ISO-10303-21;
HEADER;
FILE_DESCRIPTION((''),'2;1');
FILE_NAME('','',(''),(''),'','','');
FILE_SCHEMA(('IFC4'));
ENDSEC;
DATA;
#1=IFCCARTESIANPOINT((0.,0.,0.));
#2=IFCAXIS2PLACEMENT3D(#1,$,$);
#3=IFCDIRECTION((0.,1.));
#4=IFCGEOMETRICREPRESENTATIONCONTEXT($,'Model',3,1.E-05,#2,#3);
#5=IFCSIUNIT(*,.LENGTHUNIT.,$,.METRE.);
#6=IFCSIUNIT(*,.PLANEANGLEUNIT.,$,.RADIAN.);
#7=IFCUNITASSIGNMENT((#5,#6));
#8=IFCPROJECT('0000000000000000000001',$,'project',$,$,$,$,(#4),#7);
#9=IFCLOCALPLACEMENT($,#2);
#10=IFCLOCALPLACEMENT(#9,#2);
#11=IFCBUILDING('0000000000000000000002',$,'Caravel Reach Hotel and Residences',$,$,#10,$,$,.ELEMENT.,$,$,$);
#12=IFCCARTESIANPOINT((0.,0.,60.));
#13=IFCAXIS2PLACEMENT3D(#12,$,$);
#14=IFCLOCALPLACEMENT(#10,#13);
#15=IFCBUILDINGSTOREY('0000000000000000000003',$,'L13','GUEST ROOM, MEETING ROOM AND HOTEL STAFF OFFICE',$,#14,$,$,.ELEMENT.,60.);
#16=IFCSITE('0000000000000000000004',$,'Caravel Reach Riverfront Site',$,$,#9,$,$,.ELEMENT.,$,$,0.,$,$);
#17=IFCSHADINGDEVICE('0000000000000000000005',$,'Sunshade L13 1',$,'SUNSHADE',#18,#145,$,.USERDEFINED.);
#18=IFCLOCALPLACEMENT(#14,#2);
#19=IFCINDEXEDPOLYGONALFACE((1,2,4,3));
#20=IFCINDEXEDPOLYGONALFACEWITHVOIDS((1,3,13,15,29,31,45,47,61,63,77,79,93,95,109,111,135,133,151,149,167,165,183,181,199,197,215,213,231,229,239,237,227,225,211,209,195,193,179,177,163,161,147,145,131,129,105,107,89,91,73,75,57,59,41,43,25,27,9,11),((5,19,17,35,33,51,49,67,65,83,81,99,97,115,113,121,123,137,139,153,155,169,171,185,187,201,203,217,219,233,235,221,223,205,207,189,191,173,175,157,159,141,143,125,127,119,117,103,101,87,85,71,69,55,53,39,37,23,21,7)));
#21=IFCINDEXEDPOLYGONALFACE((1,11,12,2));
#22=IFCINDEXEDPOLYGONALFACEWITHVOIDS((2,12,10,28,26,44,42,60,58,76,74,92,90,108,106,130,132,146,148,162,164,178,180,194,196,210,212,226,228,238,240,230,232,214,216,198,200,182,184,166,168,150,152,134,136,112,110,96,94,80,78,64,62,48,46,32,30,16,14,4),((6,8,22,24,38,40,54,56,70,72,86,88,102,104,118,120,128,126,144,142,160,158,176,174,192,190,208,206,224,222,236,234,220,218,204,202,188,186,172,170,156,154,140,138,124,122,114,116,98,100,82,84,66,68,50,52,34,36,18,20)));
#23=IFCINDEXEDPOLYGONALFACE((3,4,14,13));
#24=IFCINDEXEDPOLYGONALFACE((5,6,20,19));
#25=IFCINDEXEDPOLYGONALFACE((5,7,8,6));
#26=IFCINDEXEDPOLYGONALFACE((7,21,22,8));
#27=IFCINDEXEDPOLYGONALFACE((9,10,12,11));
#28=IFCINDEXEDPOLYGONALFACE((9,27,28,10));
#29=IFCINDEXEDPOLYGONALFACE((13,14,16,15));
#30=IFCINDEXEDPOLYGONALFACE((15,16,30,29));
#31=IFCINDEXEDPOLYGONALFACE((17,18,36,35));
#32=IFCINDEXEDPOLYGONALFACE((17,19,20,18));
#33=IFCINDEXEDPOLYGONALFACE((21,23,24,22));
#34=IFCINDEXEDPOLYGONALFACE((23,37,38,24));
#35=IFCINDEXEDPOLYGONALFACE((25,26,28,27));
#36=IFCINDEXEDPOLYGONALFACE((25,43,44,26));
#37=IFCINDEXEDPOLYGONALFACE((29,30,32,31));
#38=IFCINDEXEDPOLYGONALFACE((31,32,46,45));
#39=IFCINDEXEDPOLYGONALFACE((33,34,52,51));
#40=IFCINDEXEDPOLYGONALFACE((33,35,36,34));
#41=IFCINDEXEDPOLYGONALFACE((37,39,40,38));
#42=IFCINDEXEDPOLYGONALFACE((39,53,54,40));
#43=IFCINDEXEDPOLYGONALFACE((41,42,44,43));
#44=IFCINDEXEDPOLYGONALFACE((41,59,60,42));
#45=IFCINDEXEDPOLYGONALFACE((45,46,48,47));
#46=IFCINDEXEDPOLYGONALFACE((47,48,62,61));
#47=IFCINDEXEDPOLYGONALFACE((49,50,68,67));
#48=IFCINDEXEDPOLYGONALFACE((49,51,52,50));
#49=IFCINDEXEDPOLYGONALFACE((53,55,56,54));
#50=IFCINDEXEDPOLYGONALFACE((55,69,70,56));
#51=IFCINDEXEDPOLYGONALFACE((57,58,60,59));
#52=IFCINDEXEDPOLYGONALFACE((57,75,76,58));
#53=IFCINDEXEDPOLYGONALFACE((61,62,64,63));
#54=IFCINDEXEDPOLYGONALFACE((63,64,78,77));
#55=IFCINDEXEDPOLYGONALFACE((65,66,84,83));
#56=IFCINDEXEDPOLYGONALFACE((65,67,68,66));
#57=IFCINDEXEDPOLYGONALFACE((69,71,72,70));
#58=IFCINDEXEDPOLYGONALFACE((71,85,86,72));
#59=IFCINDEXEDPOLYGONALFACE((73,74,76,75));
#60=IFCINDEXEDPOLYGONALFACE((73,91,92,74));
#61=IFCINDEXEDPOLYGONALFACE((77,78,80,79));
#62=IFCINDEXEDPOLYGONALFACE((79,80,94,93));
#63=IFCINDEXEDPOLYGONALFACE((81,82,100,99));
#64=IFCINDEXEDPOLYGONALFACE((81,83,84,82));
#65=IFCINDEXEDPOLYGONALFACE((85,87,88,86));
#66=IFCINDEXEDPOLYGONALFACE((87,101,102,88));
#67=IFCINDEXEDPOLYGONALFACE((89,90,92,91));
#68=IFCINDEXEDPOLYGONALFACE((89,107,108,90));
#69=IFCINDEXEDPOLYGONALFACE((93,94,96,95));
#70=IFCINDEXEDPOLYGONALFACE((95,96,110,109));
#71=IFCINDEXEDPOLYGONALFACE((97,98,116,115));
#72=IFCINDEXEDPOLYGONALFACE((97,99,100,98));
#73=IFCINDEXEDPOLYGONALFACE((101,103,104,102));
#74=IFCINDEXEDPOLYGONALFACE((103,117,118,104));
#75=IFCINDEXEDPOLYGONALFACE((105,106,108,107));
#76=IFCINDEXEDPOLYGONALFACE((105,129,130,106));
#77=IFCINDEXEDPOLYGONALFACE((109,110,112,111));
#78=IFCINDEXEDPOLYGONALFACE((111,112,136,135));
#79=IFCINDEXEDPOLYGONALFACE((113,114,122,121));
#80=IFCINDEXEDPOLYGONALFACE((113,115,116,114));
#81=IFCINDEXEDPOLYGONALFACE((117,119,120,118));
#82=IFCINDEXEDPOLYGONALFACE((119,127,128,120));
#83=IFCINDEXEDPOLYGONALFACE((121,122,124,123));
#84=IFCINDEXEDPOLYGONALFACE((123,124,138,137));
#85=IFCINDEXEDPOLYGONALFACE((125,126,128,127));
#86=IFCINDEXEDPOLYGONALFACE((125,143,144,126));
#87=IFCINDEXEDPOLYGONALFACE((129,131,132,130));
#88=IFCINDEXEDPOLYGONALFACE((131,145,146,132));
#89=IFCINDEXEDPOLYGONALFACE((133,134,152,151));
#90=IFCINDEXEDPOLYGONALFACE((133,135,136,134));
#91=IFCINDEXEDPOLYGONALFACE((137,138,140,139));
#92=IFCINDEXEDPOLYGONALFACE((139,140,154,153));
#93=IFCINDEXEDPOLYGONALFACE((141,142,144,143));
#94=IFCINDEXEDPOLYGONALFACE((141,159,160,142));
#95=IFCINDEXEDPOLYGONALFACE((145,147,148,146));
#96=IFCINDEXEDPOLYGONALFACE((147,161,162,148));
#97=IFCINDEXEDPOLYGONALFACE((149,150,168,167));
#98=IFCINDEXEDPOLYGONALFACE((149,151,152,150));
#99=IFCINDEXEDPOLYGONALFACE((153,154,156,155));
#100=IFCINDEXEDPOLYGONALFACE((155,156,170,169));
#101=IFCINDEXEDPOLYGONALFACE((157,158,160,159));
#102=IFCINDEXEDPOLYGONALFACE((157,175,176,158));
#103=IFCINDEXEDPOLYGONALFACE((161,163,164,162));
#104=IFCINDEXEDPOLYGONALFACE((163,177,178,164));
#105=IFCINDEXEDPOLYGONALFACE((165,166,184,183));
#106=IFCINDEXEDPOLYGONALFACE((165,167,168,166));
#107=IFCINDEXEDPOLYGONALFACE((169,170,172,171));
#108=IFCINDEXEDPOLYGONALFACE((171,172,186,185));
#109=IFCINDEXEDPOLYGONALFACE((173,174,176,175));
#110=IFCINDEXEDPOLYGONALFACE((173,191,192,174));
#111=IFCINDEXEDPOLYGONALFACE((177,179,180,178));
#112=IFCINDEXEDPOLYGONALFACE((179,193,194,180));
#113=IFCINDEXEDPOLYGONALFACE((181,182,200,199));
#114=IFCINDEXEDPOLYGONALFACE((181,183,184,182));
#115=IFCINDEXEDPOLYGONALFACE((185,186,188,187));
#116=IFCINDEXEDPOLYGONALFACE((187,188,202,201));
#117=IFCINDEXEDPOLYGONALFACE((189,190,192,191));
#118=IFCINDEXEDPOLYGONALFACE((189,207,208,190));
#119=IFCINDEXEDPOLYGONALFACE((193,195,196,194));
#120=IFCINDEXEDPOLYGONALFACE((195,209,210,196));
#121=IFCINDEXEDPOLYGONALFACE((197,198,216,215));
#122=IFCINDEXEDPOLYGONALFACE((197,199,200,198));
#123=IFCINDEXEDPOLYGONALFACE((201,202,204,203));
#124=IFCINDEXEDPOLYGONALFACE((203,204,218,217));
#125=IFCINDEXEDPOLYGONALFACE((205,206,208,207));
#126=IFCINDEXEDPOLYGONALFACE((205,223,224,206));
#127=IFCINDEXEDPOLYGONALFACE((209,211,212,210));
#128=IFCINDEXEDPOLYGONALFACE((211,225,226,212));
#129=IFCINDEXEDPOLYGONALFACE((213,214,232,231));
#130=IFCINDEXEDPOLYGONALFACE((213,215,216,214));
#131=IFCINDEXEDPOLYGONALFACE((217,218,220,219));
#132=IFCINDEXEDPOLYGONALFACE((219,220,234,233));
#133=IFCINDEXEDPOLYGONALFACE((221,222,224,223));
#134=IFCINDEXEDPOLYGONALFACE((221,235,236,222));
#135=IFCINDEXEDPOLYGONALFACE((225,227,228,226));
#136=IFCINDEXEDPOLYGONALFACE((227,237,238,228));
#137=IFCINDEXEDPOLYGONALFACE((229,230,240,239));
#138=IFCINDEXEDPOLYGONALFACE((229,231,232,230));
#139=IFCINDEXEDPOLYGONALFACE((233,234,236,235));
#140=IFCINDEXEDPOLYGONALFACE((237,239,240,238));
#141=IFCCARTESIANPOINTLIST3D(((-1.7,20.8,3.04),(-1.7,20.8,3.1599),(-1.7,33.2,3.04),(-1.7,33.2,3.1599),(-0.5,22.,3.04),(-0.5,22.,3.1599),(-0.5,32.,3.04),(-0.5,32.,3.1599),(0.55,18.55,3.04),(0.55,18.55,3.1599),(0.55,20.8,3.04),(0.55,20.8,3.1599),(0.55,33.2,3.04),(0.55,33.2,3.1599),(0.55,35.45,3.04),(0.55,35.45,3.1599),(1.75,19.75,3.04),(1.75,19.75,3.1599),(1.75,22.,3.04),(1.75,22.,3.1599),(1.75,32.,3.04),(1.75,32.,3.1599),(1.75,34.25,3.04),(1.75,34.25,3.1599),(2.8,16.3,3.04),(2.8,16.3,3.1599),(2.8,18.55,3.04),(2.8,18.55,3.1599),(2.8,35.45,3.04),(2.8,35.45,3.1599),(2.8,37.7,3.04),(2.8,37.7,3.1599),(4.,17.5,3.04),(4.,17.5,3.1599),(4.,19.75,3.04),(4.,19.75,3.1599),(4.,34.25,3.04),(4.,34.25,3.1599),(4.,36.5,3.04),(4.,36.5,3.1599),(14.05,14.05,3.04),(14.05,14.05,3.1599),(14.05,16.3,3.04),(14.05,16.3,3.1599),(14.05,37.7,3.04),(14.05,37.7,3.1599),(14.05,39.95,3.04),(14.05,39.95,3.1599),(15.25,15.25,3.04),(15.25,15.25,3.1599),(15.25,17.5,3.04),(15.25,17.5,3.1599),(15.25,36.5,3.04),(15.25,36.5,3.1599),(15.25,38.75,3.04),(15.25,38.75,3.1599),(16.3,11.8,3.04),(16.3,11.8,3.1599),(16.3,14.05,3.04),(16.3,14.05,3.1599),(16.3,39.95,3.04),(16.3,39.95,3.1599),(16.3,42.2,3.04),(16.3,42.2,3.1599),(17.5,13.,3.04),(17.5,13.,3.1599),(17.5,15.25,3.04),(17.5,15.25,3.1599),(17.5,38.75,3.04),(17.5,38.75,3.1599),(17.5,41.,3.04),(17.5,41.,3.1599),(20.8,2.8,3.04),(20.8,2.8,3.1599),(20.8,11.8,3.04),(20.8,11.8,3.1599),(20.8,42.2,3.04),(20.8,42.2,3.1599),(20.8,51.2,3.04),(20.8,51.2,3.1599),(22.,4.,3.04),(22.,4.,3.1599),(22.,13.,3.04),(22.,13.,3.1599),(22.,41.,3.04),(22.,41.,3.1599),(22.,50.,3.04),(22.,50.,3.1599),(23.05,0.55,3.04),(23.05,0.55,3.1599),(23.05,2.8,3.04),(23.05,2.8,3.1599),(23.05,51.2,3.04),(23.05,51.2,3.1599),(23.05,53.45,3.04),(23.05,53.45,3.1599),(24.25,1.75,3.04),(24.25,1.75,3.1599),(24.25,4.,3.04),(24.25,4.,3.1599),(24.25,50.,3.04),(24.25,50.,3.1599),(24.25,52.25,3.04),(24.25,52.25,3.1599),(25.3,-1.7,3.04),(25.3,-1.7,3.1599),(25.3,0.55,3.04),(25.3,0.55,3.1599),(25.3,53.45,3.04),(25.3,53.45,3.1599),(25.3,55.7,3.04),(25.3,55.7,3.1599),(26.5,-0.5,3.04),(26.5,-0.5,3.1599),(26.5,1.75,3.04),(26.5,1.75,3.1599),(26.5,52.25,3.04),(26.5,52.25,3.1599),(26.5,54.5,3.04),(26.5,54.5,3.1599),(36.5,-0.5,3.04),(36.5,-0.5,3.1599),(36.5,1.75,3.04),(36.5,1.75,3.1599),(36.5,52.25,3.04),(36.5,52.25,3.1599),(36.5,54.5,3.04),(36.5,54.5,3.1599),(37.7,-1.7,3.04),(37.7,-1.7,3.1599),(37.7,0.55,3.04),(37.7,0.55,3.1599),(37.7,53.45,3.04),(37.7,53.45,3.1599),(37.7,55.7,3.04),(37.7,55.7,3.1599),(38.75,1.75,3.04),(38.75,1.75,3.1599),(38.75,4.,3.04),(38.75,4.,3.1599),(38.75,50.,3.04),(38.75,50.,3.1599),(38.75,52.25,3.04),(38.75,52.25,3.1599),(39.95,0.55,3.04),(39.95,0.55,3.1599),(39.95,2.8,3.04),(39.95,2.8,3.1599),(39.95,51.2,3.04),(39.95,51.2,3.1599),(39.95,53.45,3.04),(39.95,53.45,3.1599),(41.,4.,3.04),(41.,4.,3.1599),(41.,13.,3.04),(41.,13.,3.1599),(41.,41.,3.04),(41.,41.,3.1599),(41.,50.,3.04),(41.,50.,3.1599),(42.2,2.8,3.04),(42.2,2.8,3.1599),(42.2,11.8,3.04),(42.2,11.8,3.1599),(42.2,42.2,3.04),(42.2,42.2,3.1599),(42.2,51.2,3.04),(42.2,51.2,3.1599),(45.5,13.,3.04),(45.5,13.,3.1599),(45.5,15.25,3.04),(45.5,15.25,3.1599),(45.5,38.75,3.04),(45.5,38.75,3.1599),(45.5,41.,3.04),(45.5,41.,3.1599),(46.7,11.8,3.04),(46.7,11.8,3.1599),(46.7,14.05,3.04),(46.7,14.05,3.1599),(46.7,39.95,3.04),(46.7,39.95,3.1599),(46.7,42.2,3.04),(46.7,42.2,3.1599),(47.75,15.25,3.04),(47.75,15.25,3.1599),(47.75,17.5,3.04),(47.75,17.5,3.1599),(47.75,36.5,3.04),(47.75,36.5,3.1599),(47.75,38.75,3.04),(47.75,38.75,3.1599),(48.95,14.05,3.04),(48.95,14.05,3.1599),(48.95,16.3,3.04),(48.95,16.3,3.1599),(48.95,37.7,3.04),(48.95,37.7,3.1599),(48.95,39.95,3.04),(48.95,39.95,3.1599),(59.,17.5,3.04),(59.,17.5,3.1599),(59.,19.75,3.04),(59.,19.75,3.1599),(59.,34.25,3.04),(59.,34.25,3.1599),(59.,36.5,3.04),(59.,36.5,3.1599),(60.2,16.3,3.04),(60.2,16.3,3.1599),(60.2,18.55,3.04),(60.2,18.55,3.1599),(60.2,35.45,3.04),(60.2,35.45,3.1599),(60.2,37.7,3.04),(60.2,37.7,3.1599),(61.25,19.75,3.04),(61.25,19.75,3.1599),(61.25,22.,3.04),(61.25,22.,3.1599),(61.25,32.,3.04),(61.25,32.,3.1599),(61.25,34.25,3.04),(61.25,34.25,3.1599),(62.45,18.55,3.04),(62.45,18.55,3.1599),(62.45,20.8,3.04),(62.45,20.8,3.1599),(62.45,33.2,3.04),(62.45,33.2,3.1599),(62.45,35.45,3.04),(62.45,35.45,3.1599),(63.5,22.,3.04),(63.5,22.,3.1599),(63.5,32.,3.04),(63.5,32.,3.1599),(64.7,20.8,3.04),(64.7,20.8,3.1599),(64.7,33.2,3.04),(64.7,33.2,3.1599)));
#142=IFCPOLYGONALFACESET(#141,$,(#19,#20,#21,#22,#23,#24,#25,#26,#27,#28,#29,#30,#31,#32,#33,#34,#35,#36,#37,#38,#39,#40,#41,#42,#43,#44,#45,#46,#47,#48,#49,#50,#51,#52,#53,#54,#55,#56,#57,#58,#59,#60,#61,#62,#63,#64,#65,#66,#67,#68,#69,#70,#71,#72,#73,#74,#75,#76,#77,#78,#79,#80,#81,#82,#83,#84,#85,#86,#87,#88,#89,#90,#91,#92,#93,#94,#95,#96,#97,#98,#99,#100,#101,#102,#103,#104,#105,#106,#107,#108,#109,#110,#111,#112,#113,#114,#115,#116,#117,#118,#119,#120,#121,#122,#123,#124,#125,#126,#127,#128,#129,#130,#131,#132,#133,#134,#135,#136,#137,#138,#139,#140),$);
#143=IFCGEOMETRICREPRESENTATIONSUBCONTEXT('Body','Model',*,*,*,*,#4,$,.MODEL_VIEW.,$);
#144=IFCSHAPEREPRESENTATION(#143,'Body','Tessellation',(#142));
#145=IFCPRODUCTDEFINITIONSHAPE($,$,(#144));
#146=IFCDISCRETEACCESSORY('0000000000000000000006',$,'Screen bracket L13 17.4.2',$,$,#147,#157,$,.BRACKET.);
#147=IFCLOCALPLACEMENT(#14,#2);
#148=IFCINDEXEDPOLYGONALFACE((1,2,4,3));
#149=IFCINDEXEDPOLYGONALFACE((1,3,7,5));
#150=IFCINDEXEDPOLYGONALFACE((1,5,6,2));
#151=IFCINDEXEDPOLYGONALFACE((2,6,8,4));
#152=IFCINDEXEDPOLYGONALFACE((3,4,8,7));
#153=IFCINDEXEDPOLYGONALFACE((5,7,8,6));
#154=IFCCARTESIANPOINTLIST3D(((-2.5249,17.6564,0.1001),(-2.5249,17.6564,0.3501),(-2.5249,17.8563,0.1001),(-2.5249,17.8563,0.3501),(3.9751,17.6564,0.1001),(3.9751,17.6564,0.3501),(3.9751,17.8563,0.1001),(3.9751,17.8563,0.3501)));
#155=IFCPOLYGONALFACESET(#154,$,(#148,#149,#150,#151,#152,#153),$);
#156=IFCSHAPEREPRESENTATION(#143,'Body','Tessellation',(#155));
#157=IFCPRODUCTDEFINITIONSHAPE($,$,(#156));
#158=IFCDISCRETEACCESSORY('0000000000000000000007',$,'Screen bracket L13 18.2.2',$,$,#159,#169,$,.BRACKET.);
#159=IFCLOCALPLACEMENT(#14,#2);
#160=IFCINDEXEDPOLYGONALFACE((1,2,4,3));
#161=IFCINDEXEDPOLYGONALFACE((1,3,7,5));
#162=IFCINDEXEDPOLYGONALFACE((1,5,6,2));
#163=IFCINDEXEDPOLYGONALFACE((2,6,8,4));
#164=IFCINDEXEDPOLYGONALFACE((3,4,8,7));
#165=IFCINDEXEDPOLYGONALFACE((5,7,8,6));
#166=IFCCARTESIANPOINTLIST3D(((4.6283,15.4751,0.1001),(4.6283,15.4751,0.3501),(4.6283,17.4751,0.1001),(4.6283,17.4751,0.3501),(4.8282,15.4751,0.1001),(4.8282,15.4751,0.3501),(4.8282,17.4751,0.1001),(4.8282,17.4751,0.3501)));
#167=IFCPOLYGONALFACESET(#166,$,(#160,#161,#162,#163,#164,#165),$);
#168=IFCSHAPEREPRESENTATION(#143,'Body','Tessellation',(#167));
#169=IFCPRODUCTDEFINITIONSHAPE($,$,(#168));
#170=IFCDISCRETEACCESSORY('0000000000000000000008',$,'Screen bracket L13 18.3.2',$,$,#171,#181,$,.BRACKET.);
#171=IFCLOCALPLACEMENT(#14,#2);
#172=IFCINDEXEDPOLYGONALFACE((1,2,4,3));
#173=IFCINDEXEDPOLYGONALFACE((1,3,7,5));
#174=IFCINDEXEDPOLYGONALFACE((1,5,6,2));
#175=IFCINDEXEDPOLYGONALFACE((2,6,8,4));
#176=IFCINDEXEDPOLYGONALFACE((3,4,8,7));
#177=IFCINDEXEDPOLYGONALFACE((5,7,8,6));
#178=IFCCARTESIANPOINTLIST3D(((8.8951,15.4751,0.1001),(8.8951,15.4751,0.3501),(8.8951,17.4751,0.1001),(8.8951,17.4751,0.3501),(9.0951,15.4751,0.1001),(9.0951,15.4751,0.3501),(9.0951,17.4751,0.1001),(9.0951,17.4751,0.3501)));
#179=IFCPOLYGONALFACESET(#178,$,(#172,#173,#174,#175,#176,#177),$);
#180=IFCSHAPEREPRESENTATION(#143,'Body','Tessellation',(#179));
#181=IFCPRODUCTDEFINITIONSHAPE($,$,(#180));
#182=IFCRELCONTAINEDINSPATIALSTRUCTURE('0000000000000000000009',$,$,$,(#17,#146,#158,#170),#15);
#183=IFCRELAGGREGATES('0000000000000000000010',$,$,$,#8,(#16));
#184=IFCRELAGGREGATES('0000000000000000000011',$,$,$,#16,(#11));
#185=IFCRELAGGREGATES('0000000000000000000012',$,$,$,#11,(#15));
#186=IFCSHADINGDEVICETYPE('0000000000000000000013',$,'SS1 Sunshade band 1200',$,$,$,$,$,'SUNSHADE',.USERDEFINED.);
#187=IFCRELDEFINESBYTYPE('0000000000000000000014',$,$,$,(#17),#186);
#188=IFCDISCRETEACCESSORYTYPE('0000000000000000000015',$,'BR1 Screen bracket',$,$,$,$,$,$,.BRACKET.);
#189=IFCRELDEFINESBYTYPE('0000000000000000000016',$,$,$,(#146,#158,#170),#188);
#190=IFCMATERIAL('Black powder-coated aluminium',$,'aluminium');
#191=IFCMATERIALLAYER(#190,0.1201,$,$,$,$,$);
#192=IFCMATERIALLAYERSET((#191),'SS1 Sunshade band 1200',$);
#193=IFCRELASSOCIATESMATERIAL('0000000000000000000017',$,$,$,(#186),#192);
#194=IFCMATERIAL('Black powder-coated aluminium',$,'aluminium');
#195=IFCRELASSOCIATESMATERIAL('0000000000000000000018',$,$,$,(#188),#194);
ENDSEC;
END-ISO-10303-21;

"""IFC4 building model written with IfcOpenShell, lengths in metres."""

from ifc_helpers import new_model, si_unit, direction, frame, origin, origin_2d, place, context, subcontext, project, spatial, polyline, rectangle, outline, extrude, material, layer, layer_set, type_object, element, save


model = new_model("IFC4")

# Units and contexts
model_context = context("Model", 3, precision=1e-05, world=origin(), true_north=direction((0.0, 1.0)))
body_context = subcontext(model_context, "Body", "Model", "MODEL_VIEW")
ifc_project = project(units=[si_unit("LENGTHUNIT", "METRE"), si_unit("PLANEANGLEUNIT", "RADIAN")], contexts=[model_context])

# Site, building, storey
site_placement = place(None, origin())
site = spatial("IfcSite", under=ifc_project, at=site_placement, Name="Caravel Reach Riverfront Site", CompositionType="ELEMENT", RefElevation=0.0)
building_placement = place(site_placement, origin())
building = spatial("IfcBuilding", under=site, at=building_placement, Name="Caravel Reach Hotel and Residences", CompositionType="ELEMENT")
storey_placement = place(building_placement, frame((0.0, 0.0, 60.0)))
storey = spatial("IfcBuildingStorey", under=building, at=storey_placement, Name="L13", Description="GUEST ROOM, MEETING ROOM AND HOTEL STAFF OFFICE", CompositionType="ELEMENT", Elevation=60.0)

# Shading device
ifc_material_1 = material(Name="Black powder-coated aluminium", Category="aluminium")
ifc_layer_1 = layer(ifc_material_1, 0.1201)
ifc_layer_set_1 = layer_set([ifc_layer_1], Name="SS1 Sunshade band 1200")
shading_device_type = type_object("IfcShadingDeviceType", Name="SS1 Sunshade band 1200", ElementType="SUNSHADE", PredefinedType="USERDEFINED", material=ifc_layer_set_1)
shading_device_placement = place(storey_placement, frame((0.0, 0.0, 3.04)))
element("IfcShadingDevice", 1, at=shading_device_placement, inside=storey, type_object=shading_device_type, Name="Sunshade L13 1", ObjectType="SUNSHADE", PredefinedType="USERDEFINED", context=body_context, shape_type="SweptSolid", body=[
    extrude(outline(polyline([(20.8, 11.8), (20.8, 2.8), (23.05, 2.8), (23.05, 0.55), (25.3, 0.55), (25.3, -1.7), (37.7, -1.7), (37.7, 0.55), (39.95, 0.55), (39.95, 2.8), (42.2, 2.8), (42.2, 11.8), (46.7, 11.8), (46.7, 14.05), (48.95, 14.05), (48.95, 16.3), (60.2, 16.3), (60.2, 18.55), (62.45, 18.55), (62.45, 20.8), (64.7, 20.8), (64.7, 33.2), (62.45, 33.2), (62.45, 35.45), (60.2, 35.45), (60.2, 37.7), (48.95, 37.7), (48.95, 39.95), (46.7, 39.95), (46.7, 42.2), (42.2, 42.2), (42.2, 51.2), (39.95, 51.2), (39.95, 53.45), (37.7, 53.45), (37.7, 55.7), (25.3, 55.7), (25.3, 53.45), (23.05, 53.45), (23.05, 51.2), (20.8, 51.2), (20.8, 42.2), (16.3, 42.2), (16.3, 39.95), (14.05, 39.95), (14.05, 37.7), (2.8, 37.7), (2.8, 35.45), (0.55, 35.45), (0.55, 33.2), (-1.7, 33.2), (-1.7, 20.8), (0.55, 20.8), (0.55, 18.55), (2.8, 18.55), (2.8, 16.3), (14.05, 16.3), (14.05, 14.05), (16.3, 14.05), (16.3, 11.8), (20.8, 11.8)]), holes=[polyline([(24.25, 4.0), (22.0, 4.0), (22.0, 13.0), (17.5, 13.0), (17.5, 15.25), (15.25, 15.25), (15.25, 17.5), (4.0, 17.5), (4.0, 19.75), (1.75, 19.75), (1.75, 22.0), (-0.5, 22.0), (-0.5, 32.0), (1.75, 32.0), (1.75, 34.25), (4.0, 34.25), (4.0, 36.5), (15.25, 36.5), (15.25, 38.75), (17.5, 38.75), (17.5, 41.0), (22.0, 41.0), (22.0, 50.0), (24.25, 50.0), (24.25, 52.25), (26.5, 52.25), (26.5, 54.5), (36.5, 54.5), (36.5, 52.25), (38.75, 52.25), (38.75, 50.0), (41.0, 50.0), (41.0, 41.0), (45.5, 41.0), (45.5, 38.75), (47.75, 38.75), (47.75, 36.5), (59.0, 36.5), (59.0, 34.25), (61.25, 34.25), (61.25, 32.0), (63.5, 32.0), (63.5, 22.0), (61.25, 22.0), (61.25, 19.75), (59.0, 19.75), (59.0, 17.5), (47.75, 17.5), (47.75, 15.25), (45.5, 15.25), (45.5, 13.0), (41.0, 13.0), (41.0, 4.0), (38.75, 4.0), (38.75, 1.75), (36.5, 1.75), (36.5, -0.5), (26.5, -0.5), (26.5, 1.75), (24.25, 1.75), (24.25, 4.0)])]), origin(), (0.0, 0.0, 1.0), 0.1199),
])

# Discrete accessories
ifc_material_2 = material(Name="Black powder-coated aluminium", Category="aluminium")
discrete_accessory_type = type_object("IfcDiscreteAccessoryType", Name="BR1 Screen bracket", PredefinedType="BRACKET", material=ifc_material_2)
discrete_accessory_1_placement = place(storey_placement, frame((0.7251, 17.7563, 0.1001), z_axis=(0.0, 0.0, 1.0), x_axis=(-1.0, 0.0, 0.0)))
element("IfcDiscreteAccessory", 2, at=discrete_accessory_1_placement, inside=storey, type_object=discrete_accessory_type, Name="Screen bracket L13 17.4.2", PredefinedType="BRACKET", context=body_context, shape_type="SweptSolid", body=[
    extrude(rectangle(XDim=6.5, YDim=0.2, at=origin_2d()), origin(), (0.0, 0.0, 1.0), 0.25),
])
for number, where, z_axis, x_axis, name in (
    (3, (4.7283, 16.4751, 0.1001), (0.0, 0.0, 1.0), (0.0, -1.0, 0.0), "Screen bracket L13 18.2.2"),
    (4, (8.9951, 16.4751, 0.1001), (0.0, 0.0, 1.0), (0.0, -1.0, 0.0), "Screen bracket L13 18.3.2"),
):
    element("IfcDiscreteAccessory", number, at=place(storey_placement, frame(where, z_axis=z_axis, x_axis=x_axis)), inside=storey, type_object=discrete_accessory_type, Name=name, PredefinedType="BRACKET", context=body_context, shape_type="SweptSolid", body=[
        extrude(rectangle(XDim=2.0, YDim=0.2, at=origin_2d()), origin(), (0.0, 0.0, 1.0), 0.25),
    ])

save(model, "model.ifc")
